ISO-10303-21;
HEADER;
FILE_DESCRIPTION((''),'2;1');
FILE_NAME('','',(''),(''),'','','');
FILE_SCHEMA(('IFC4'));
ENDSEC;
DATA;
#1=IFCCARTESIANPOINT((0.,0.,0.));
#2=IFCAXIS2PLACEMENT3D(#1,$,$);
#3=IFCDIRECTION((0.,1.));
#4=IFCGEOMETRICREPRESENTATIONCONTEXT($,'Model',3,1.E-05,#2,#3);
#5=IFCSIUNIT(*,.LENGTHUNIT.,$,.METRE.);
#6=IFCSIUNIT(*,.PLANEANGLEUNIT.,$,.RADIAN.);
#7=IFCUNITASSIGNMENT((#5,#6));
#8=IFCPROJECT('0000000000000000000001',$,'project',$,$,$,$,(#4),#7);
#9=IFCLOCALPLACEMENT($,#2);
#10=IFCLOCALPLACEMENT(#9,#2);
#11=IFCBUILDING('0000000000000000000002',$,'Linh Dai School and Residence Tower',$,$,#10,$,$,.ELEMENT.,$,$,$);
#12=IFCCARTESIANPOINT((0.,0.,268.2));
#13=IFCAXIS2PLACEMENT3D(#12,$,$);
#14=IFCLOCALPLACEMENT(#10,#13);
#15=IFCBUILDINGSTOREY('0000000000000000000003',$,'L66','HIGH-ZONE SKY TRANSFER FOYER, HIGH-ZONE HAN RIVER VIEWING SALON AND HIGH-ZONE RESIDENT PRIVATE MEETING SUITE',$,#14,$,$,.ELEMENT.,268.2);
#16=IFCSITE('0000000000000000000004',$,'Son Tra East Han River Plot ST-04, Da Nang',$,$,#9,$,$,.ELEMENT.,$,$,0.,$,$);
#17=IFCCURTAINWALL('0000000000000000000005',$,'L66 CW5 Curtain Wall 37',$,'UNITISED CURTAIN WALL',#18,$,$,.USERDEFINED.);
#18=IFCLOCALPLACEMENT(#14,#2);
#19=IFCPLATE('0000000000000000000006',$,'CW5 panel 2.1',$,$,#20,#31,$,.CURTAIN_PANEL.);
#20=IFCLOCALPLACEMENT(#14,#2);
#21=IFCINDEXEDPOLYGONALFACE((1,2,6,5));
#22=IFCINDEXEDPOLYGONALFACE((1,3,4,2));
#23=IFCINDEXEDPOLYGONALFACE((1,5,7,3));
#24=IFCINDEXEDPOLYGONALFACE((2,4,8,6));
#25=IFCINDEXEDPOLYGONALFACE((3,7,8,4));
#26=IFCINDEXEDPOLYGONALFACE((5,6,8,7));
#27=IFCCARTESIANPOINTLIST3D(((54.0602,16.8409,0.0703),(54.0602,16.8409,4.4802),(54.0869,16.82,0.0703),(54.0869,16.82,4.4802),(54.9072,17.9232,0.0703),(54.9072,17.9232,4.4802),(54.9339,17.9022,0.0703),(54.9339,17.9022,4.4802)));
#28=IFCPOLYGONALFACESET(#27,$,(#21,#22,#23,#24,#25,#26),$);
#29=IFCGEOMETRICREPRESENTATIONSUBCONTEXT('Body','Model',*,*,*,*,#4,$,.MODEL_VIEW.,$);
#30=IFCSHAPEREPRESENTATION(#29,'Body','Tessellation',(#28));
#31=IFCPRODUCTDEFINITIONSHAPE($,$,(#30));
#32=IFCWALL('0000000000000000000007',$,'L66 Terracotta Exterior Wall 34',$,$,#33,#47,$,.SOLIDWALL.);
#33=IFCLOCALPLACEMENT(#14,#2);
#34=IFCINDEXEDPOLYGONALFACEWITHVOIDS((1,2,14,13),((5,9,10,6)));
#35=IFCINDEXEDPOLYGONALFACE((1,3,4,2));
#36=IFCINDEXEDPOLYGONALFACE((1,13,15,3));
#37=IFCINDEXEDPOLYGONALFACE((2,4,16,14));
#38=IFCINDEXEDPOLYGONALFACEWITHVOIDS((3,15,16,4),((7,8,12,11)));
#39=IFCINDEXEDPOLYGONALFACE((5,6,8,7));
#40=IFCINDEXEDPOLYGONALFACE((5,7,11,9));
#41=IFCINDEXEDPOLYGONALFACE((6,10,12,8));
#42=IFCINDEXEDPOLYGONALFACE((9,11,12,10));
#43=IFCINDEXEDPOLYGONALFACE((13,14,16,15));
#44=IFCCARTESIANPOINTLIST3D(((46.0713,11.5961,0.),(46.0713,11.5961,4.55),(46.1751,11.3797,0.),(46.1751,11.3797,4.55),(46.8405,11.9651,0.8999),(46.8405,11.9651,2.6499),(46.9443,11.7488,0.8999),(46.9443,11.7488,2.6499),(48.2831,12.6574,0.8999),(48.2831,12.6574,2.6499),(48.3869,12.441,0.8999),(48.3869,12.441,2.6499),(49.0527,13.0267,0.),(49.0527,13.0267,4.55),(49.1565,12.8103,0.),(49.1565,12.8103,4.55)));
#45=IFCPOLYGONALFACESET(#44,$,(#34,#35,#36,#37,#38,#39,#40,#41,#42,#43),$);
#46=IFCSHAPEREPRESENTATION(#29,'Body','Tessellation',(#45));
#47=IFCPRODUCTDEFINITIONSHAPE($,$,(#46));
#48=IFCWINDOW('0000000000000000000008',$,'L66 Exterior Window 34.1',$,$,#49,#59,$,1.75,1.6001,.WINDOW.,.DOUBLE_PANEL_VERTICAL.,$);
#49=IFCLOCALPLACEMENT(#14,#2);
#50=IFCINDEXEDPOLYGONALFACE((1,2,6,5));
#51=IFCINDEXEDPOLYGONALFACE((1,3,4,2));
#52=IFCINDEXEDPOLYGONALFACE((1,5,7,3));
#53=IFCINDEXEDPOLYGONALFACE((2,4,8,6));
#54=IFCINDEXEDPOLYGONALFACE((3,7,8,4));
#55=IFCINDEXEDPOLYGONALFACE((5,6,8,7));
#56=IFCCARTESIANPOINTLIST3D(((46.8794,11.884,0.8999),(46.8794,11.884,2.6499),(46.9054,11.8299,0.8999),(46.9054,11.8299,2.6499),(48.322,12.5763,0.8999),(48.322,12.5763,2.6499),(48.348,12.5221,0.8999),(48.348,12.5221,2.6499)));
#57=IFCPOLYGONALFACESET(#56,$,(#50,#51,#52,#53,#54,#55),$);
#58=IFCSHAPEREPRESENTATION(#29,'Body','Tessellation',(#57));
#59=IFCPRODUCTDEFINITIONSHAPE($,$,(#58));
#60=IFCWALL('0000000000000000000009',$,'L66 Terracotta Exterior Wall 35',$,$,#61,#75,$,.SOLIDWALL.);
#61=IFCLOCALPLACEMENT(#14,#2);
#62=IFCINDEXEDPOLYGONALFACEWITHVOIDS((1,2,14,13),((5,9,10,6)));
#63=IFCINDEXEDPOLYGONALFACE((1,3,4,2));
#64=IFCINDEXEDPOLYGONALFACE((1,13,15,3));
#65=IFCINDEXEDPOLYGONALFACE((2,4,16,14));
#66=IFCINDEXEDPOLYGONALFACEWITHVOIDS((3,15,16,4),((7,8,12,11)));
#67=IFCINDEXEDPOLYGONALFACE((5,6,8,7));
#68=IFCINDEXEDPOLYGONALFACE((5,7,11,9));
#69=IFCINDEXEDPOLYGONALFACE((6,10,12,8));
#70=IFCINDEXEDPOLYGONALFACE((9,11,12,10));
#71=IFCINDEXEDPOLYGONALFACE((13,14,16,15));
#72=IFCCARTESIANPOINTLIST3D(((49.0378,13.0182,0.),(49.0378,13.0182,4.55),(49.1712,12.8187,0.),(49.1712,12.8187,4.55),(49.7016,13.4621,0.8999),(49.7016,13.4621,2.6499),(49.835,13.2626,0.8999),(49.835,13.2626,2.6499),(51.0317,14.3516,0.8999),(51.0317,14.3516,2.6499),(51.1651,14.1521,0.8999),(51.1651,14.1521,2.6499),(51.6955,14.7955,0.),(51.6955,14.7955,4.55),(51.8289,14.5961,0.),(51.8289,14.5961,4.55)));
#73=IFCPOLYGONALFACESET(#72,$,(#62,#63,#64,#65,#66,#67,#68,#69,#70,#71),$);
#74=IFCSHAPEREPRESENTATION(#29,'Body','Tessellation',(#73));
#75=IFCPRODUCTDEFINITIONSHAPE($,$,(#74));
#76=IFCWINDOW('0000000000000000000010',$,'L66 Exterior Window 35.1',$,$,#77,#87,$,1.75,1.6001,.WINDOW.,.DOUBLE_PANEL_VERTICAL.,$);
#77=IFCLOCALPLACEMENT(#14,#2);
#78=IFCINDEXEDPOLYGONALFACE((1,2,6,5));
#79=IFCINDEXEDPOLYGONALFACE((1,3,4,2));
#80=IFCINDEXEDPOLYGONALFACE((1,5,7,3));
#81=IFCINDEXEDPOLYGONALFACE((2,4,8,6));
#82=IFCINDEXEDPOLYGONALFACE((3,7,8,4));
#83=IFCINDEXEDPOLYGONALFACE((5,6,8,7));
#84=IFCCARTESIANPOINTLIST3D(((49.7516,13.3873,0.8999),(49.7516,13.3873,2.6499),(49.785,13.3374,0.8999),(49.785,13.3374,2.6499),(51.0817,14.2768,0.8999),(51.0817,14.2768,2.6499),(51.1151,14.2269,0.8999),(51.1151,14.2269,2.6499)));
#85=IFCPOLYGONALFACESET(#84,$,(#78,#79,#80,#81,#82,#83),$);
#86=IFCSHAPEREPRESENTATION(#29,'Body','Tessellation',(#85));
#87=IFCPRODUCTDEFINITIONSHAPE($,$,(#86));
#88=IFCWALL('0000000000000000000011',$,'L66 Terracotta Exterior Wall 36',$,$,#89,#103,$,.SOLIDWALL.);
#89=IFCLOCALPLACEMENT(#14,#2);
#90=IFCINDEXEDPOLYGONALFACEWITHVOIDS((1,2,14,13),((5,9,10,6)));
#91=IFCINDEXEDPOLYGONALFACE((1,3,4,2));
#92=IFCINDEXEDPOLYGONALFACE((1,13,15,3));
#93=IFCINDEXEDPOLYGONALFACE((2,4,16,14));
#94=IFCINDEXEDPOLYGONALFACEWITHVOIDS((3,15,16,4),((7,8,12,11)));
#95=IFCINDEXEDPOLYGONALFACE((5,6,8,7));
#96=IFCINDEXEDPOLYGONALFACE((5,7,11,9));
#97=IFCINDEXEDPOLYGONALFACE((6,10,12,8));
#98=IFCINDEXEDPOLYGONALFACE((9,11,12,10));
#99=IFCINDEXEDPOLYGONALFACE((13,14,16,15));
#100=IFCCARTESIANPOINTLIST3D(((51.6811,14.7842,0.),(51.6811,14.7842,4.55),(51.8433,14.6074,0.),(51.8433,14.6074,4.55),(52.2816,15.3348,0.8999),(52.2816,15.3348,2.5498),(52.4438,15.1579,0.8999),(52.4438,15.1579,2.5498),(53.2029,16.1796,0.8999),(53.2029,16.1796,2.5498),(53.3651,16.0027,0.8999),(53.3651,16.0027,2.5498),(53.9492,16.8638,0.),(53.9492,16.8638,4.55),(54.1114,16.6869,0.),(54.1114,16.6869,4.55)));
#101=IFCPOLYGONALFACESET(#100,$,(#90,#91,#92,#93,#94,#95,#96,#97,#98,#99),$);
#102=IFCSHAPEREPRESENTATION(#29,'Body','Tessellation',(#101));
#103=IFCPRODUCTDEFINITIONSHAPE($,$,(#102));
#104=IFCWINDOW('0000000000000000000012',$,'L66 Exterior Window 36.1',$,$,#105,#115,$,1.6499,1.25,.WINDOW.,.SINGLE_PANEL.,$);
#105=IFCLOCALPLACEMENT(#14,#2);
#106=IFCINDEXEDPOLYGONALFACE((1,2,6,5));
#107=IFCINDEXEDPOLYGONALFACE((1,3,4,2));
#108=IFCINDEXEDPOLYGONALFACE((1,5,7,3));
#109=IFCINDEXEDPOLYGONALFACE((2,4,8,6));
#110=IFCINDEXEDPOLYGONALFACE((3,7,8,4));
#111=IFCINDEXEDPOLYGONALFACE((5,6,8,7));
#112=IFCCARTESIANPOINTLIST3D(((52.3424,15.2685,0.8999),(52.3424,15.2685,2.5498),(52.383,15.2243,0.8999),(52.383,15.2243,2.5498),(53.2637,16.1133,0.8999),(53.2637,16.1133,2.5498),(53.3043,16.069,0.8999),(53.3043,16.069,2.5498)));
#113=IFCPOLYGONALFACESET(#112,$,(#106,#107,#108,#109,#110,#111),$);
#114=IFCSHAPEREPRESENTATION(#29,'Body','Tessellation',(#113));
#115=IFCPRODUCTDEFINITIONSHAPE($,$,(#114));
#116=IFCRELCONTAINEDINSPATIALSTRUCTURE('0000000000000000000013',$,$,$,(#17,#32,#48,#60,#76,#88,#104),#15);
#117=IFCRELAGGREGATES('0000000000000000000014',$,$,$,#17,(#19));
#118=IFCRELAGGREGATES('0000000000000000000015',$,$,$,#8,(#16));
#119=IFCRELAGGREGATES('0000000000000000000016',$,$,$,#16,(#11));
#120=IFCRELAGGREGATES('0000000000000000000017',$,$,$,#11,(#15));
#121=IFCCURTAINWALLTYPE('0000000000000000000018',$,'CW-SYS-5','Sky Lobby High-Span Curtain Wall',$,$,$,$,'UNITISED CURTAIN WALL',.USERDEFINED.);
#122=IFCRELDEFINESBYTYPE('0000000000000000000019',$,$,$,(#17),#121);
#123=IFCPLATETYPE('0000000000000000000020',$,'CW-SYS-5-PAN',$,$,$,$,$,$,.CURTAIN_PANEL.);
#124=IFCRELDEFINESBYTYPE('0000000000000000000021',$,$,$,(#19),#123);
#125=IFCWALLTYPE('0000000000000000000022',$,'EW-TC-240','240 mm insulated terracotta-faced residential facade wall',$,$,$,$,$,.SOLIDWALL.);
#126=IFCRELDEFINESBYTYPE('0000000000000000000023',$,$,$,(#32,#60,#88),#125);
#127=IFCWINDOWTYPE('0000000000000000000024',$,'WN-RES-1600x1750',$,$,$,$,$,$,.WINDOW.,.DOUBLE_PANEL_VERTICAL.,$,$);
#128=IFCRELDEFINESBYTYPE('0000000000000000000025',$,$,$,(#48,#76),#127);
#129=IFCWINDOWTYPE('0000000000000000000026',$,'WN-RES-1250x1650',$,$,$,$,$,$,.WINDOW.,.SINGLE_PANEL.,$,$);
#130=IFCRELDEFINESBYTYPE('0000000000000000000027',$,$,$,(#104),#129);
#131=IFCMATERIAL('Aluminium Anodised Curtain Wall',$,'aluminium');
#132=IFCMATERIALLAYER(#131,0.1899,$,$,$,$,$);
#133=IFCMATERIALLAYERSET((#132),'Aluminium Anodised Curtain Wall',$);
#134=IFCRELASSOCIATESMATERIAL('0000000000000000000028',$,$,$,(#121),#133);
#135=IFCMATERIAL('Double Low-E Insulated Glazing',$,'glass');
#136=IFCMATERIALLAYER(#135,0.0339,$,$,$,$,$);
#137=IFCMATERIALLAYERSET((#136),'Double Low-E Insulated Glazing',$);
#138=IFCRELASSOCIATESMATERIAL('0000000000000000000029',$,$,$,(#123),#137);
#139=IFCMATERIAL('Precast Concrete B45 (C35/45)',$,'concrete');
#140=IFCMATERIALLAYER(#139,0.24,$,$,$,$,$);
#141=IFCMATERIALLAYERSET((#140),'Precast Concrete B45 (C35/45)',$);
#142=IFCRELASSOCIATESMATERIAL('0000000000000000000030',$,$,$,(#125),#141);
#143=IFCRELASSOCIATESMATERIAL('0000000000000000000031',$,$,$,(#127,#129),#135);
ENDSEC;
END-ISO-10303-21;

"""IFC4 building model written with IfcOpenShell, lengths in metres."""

from ifc_helpers import new_model, si_unit, direction, frame, frame_2d, origin, origin_2d, place, context, subcontext, project, spatial, rectangle, extrude, source, transform, mapped, material, layer, layer_set, type_object, element, fill, aggregate, save


model = new_model("IFC4")

# Units and contexts
model_context = context("Model", 3, precision=1e-05, world=origin(), true_north=direction((0.0, 1.0)))
body_context = subcontext(model_context, "Body", "Model", "MODEL_VIEW")
ifc_project = project(units=[si_unit("LENGTHUNIT", "METRE"), si_unit("PLANEANGLEUNIT", "RADIAN")], contexts=[model_context])

# Site, building, storey
site_placement = place(None, origin())
site = spatial("IfcSite", under=ifc_project, at=site_placement, Name="Son Tra East Han River Plot ST-04, Da Nang", CompositionType="ELEMENT", RefElevation=0.0)
building_placement = place(site_placement, origin())
building = spatial("IfcBuilding", under=site, at=building_placement, Name="Linh Dai School and Residence Tower", CompositionType="ELEMENT")
storey_placement = place(building_placement, frame((0.0, 0.0, 268.2)))
storey = spatial("IfcBuildingStorey", under=building, at=storey_placement, Name="L66", Description="HIGH-ZONE SKY TRANSFER FOYER, HIGH-ZONE HAN RIVER VIEWING SALON AND HIGH-ZONE RESIDENT PRIVATE MEETING SUITE", CompositionType="ELEMENT", Elevation=268.2)

# Curtain wall
ifc_material_1 = material(Name="Aluminium Anodised Curtain Wall", Category="aluminium")
ifc_layer_1 = layer(ifc_material_1, 0.1899)
ifc_layer_set_1 = layer_set([ifc_layer_1], Name="Aluminium Anodised Curtain Wall")
curtain_wall_type = type_object("IfcCurtainWallType", Name="CW-SYS-5", Description="Sky Lobby High-Span Curtain Wall", ElementType="UNITISED CURTAIN WALL", PredefinedType="USERDEFINED", material=ifc_layer_set_1)
curtain_wall_1_placement = place(storey_placement, origin())
curtain_wall_1 = element("IfcCurtainWall", 1, at=curtain_wall_1_placement, inside=storey, type_object=curtain_wall_type, Name="L66 CW5 Curtain Wall 37", ObjectType="UNITISED CURTAIN WALL", PredefinedType="USERDEFINED")

# Shared definitions
ifc_material_2 = material(Name="Precast Concrete B45 (C35/45)", Category="concrete")

# Plate
ifc_material_3 = material(Name="Double Low-E Insulated Glazing", Category="glass")
ifc_layer_2 = layer(ifc_material_3, 0.0339)
ifc_layer_set_2 = layer_set([ifc_layer_2], Name="Double Low-E Insulated Glazing")
plate_type_1 = type_object("IfcPlateType", Name="CW-SYS-5-PAN", PredefinedType="CURTAIN_PANEL", material=ifc_layer_set_2)
shared_shape_1 = source(origin(), body_context, "Body", "SweptSolid", [
    extrude(rectangle(XDim=1.3743, YDim=0.0339, at=origin_2d()), origin(), (0.0, 0.0, 1.0), 4.4099),
])
plate_1_placement = place(storey_placement, frame((54.4971, 17.3716, 0.0703), z_axis=(0.0, 0.0, 1.0), x_axis=(-0.616311, -0.787503, 0.0)))
plate_1 = element("IfcPlate", 2, at=plate_1_placement, type_object=plate_type_1, Name="CW5 panel 2.1", PredefinedType="CURTAIN_PANEL", context=body_context, shape_type="MappedRepresentation", body=[
    mapped(shared_shape_1, transform((0.0, 0.0, 0.0), x_axis=(1.0, 0.0, 0.0), y_axis=(0.0, 1.0, 0.0), z_axis=(0.0, 0.0, 1.0), scale=1.0)),
])
aggregate(curtain_wall_1, [plate_1])

# Walls, openings, windows
ifc_layer_3 = layer(ifc_material_2, 0.24)
ifc_layer_set_3 = layer_set([ifc_layer_3], Name="Precast Concrete B45 (C35/45)")
wall_type_1 = type_object("IfcWallType", Name="EW-TC-240", Description="240 mm insulated terracotta-faced residential facade wall", PredefinedType="SOLIDWALL", material=ifc_layer_set_3)
wall_1_placement = place(storey_placement, frame((49.1045, 12.9185, 0.0), z_axis=(0.0, 0.0, 1.0), x_axis=(-0.901574, -0.432625, 0.0)))
wall_1 = element("IfcWall", 3, at=wall_1_placement, inside=storey, type_object=wall_type_1, Name="L66 Terracotta Exterior Wall 34", PredefinedType="SOLIDWALL", context=body_context, shape_type="SweptSolid", body=[
    extrude(rectangle(XDim=3.3069, YDim=0.24, at=frame_2d((1.6533, 0.0))), origin(), (0.0, 0.0, 1.0), 4.55),
])
opening_1_placement = place(wall_1_placement, frame((0.8535, 0.0, 0.8999)))
opening_1 = element("IfcOpeningElement", 4, at=opening_1_placement, cuts=wall_1, PredefinedType="OPENING", context=body_context, shape_type="SweptSolid", body=[
    extrude(rectangle(XDim=1.6001, YDim=1.75, at=origin_2d()), frame((0.8, 0.1299, 0.875), z_axis=(0.0, -1.0, 0.0), x_axis=(1.0, 0.0, 0.0)), (0.0, 0.0, 1.0), 0.26),
])
window_type_1 = type_object("IfcWindowType", Name="WN-RES-1600x1750", PartitioningType="DOUBLE_PANEL_VERTICAL", PredefinedType="WINDOW", material=ifc_material_3)
shared_shape_2 = source(origin(), body_context, "Body", "SweptSolid", [
    extrude(rectangle(XDim=1.6001, YDim=1.75, at=origin_2d()), frame((0.8, 0.03, 0.875), z_axis=(0.0, -1.0, 0.0), x_axis=(1.0, 0.0, 0.0)), (0.0, 0.0, 1.0), 0.0601),
])
window_1_placement = place(opening_1_placement, origin())
window_1 = element("IfcWindow", 5, at=window_1_placement, inside=storey, type_object=window_type_1, Name="L66 Exterior Window 34.1", OverallHeight=1.75, OverallWidth=1.6001, PartitioningType="DOUBLE_PANEL_VERTICAL", PredefinedType="WINDOW", context=body_context, shape_type="MappedRepresentation", body=[
    mapped(shared_shape_2, transform((0.0, 0.0, 0.0), x_axis=(1.0, 0.0, 0.0), y_axis=(0.0, 1.0, 0.0), z_axis=(0.0, 0.0, 1.0), scale=1.0)),
])
fill(opening_1, window_1)
wall_2_placement = place(storey_placement, frame((51.7622, 14.6958, 0.0), z_axis=(0.0, 0.0, 1.0), x_axis=(-0.831251, -0.555898, 0.0)))
wall_2 = element("IfcWall", 6, at=wall_2_placement, inside=storey, type_object=wall_type_1, Name="L66 Terracotta Exterior Wall 35", PredefinedType="SOLIDWALL", context=body_context, shape_type="SweptSolid", body=[
    extrude(rectangle(XDim=3.1973, YDim=0.24, at=frame_2d((1.5986, 0.0))), origin(), (0.0, 0.0, 1.0), 4.55),
])
opening_2_placement = place(wall_2_placement, frame((0.7986, 0.0, 0.8999)))
opening_2 = element("IfcOpeningElement", 7, at=opening_2_placement, cuts=wall_2, PredefinedType="OPENING", context=body_context, shape_type="SweptSolid", body=[
    extrude(rectangle(XDim=1.6001, YDim=1.75, at=origin_2d()), frame((0.8, 0.1299, 0.875), z_axis=(0.0, -1.0, 0.0), x_axis=(1.0, 0.0, 0.0)), (0.0, 0.0, 1.0), 0.26),
])
window_2_placement = place(opening_2_placement, origin())
window_2 = element("IfcWindow", 8, at=window_2_placement, inside=storey, type_object=window_type_1, Name="L66 Exterior Window 35.1", OverallHeight=1.75, OverallWidth=1.6001, PartitioningType="DOUBLE_PANEL_VERTICAL", PredefinedType="WINDOW", context=body_context, shape_type="MappedRepresentation", body=[
    mapped(shared_shape_2, transform((0.0, 0.0, 0.0), x_axis=(1.0, 0.0, 0.0), y_axis=(0.0, 1.0, 0.0), z_axis=(0.0, 0.0, 1.0), scale=1.0)),
])
fill(opening_2, window_2)
wall_3_placement = place(storey_placement, frame((54.0303, 16.7754, 0.0), z_axis=(0.0, 0.0, 1.0), x_axis=(-0.737069, -0.675818, 0.0)))
wall_3 = element("IfcWall", 9, at=wall_3_placement, inside=storey, type_object=wall_type_1, Name="L66 Terracotta Exterior Wall 36", PredefinedType="SOLIDWALL", context=body_context, shape_type="SweptSolid", body=[
    extrude(rectangle(XDim=3.0771, YDim=0.24, at=frame_2d((1.5386, 0.0))), origin(), (0.0, 0.0, 1.0), 4.55),
])
opening_3_placement = place(wall_3_placement, frame((1.0125, 0.0, 0.8999)))
opening_3 = element("IfcOpeningElement", 10, at=opening_3_placement, cuts=wall_3, PredefinedType="OPENING", context=body_context, shape_type="SweptSolid", body=[
    extrude(rectangle(XDim=1.25, YDim=1.6499, at=origin_2d()), frame((0.625, 0.1299, 0.825), z_axis=(0.0, -1.0, 0.0), x_axis=(1.0, 0.0, 0.0)), (0.0, 0.0, 1.0), 0.26),
])
window_type_2 = type_object("IfcWindowType", Name="WN-RES-1250x1650", PartitioningType="SINGLE_PANEL", PredefinedType="WINDOW", material=ifc_material_3)
shared_shape_3 = source(origin(), body_context, "Body", "SweptSolid", [
    extrude(rectangle(XDim=1.25, YDim=1.6499, at=origin_2d()), frame((0.625, 0.03, 0.825), z_axis=(0.0, -1.0, 0.0), x_axis=(1.0, 0.0, 0.0)), (0.0, 0.0, 1.0), 0.0601),
])
window_3_placement = place(opening_3_placement, origin())
window_3 = element("IfcWindow", 11, at=window_3_placement, inside=storey, type_object=window_type_2, Name="L66 Exterior Window 36.1", OverallHeight=1.6499, OverallWidth=1.25, PartitioningType="SINGLE_PANEL", PredefinedType="WINDOW", context=body_context, shape_type="MappedRepresentation", body=[
    mapped(shared_shape_3, transform((0.0, 0.0, 0.0), x_axis=(1.0, 0.0, 0.0), y_axis=(0.0, 1.0, 0.0), z_axis=(0.0, 0.0, 1.0), scale=1.0)),
])
fill(opening_3, window_3)

save(model, "model.ifc")
